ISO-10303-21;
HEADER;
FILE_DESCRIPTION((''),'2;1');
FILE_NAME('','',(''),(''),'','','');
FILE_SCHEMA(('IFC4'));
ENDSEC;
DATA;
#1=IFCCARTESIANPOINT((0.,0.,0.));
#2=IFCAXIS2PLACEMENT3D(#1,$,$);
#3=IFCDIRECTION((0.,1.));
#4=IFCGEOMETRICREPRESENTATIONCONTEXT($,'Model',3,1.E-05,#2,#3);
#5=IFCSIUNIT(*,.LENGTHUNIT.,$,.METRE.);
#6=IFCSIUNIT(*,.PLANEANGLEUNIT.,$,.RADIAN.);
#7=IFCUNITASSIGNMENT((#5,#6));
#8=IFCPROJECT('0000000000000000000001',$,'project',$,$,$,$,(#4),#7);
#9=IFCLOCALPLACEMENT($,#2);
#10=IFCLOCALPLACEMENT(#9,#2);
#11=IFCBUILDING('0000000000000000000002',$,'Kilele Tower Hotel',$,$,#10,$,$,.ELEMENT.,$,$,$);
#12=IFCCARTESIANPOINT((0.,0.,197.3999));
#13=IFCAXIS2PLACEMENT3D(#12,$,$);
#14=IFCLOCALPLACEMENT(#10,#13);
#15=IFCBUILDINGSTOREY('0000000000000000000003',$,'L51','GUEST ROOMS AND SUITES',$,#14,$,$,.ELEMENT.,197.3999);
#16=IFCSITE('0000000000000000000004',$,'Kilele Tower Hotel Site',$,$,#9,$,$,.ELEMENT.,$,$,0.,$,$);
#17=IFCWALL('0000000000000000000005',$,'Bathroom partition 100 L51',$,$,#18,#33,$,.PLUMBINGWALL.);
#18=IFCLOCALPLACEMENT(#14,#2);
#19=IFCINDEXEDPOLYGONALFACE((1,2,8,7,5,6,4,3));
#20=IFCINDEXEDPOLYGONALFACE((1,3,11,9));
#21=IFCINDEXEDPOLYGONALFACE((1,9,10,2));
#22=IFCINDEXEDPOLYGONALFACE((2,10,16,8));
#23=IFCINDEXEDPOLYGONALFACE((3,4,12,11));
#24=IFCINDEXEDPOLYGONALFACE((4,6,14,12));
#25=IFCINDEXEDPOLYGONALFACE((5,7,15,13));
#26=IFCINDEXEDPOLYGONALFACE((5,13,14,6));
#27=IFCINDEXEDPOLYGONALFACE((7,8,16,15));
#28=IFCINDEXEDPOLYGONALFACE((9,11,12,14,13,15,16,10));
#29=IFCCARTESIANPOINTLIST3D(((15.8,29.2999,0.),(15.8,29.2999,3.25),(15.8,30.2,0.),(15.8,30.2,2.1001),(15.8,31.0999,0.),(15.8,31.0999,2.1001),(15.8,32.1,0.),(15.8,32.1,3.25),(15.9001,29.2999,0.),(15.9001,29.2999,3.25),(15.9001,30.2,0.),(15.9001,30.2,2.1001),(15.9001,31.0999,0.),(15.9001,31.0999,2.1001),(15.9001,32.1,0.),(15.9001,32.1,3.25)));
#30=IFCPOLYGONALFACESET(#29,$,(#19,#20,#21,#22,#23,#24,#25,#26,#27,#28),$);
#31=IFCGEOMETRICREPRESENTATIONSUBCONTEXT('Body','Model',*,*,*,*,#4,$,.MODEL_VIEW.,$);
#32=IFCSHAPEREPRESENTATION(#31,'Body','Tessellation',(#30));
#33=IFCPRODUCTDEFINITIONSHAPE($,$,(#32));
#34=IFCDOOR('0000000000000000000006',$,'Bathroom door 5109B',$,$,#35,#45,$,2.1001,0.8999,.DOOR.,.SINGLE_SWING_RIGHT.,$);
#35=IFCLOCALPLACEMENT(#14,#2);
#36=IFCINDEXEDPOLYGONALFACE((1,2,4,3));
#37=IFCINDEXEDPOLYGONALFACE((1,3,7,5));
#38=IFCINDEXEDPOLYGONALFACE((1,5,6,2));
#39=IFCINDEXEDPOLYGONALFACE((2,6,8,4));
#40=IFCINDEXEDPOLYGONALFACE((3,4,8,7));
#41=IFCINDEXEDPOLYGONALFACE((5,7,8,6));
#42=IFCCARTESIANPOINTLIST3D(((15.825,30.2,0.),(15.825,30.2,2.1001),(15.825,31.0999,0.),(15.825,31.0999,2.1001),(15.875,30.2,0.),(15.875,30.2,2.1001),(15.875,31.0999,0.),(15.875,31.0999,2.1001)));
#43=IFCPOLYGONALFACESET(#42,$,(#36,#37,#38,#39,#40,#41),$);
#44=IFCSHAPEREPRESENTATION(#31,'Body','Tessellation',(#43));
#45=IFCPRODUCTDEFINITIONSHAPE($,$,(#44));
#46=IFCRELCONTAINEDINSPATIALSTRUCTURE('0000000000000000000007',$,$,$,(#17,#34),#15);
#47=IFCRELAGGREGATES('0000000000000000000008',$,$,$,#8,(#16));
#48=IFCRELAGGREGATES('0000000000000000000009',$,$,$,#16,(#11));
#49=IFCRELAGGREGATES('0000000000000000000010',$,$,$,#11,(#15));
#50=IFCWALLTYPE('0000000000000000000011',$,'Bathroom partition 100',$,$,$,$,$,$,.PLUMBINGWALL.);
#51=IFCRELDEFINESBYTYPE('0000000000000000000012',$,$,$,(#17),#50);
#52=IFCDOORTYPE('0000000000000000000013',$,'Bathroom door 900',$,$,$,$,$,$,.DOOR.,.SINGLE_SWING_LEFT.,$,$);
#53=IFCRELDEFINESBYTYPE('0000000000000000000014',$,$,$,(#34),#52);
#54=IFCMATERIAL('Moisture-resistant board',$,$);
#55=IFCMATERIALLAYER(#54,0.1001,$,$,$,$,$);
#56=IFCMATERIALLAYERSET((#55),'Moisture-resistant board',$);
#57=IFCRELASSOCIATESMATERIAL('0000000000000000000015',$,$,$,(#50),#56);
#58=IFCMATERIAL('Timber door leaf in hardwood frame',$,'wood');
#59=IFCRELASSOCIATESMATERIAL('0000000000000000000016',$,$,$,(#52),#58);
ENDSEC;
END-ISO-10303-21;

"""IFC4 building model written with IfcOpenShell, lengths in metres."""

from ifc_helpers import new_model, si_unit, direction, frame, frame_2d, origin, place, context, subcontext, project, spatial, rectangle, extrude, material, layer, layer_set, type_object, element, fill, save


model = new_model("IFC4")

# Units and contexts
model_context = context("Model", 3, precision=1e-05, world=origin(), true_north=direction((0.0, 1.0)))
body_context = subcontext(model_context, "Body", "Model", "MODEL_VIEW")
ifc_project = project(units=[si_unit("LENGTHUNIT", "METRE"), si_unit("PLANEANGLEUNIT", "RADIAN")], contexts=[model_context])

# Site, building, storey
site_placement = place(None, origin())
site = spatial("IfcSite", under=ifc_project, at=site_placement, Name="Kilele Tower Hotel Site", CompositionType="ELEMENT", RefElevation=0.0)
building_placement = place(site_placement, origin())
building = spatial("IfcBuilding", under=site, at=building_placement, Name="Kilele Tower Hotel", CompositionType="ELEMENT")
storey_placement = place(building_placement, frame((0.0, 0.0, 197.3999)))
storey = spatial("IfcBuildingStorey", under=building, at=storey_placement, Name="L51", Description="GUEST ROOMS AND SUITES", CompositionType="ELEMENT", Elevation=197.3999)

# Wall, opening, door
ifc_material_1 = material(Name="Moisture-resistant board")
ifc_layer_1 = layer(ifc_material_1, 0.1001)
ifc_layer_set_1 = layer_set([ifc_layer_1], Name="Moisture-resistant board")
wall_type_1 = type_object("IfcWallType", Name="Bathroom partition 100", PredefinedType="PLUMBINGWALL", material=ifc_layer_set_1)
wall_1_placement = place(storey_placement, frame((15.8501, 29.3, 0.0), z_axis=(0.0, 0.0, 1.0), x_axis=(0.0, 1.0, 0.0)))
wall_1 = element("IfcWall", 1, at=wall_1_placement, inside=storey, type_object=wall_type_1, Name="Bathroom partition 100 L51", PredefinedType="PLUMBINGWALL", context=body_context, shape_type="SweptSolid", body=[
    extrude(rectangle(XDim=2.8, YDim=0.1001, at=frame_2d((1.3999, 0.0))), origin(), (0.0, 0.0, 1.0), 3.25),
])
opening_1_placement = place(wall_1_placement, frame((1.7998, 0.0, 0.0), z_axis=(0.0, 0.0, 1.0), x_axis=(-1.0, 0.0, 0.0)))
opening_1 = element("IfcOpeningElement", 2, at=opening_1_placement, cuts=wall_1, PredefinedType="OPENING", context=body_context, shape_type="SweptSolid", body=[
    extrude(rectangle(XDim=0.8999, YDim=2.1001, at=frame_2d((0.45, 1.05))), frame((0.0, 0.0601, 0.0), z_axis=(0.0, -1.0, 0.0), x_axis=(1.0, 0.0, 0.0)), (0.0, 0.0, 1.0), 0.1201),
])
ifc_material_2 = material(Name="Timber door leaf in hardwood frame", Category="wood")
door_type_1 = type_object("IfcDoorType", Name="Bathroom door 900", OperationType="SINGLE_SWING_LEFT", PredefinedType="DOOR", material=ifc_material_2)
door_1_placement = place(opening_1_placement, origin())
door_1 = element("IfcDoor", 3, at=door_1_placement, inside=storey, type_object=door_type_1, Name="Bathroom door 5109B", OperationType="SINGLE_SWING_RIGHT", OverallHeight=2.1001, OverallWidth=0.8999, PredefinedType="DOOR", context=body_context, shape_type="SweptSolid", body=[
    extrude(rectangle(XDim=0.8999, YDim=2.1001, at=frame_2d((0.45, 1.05))), frame((0.0, 0.0249, 0.0), z_axis=(0.0, -1.0, 0.0), x_axis=(1.0, 0.0, 0.0)), (0.0, 0.0, 1.0), 0.05),
])
fill(opening_1, door_1)

save(model, "model.ifc")
